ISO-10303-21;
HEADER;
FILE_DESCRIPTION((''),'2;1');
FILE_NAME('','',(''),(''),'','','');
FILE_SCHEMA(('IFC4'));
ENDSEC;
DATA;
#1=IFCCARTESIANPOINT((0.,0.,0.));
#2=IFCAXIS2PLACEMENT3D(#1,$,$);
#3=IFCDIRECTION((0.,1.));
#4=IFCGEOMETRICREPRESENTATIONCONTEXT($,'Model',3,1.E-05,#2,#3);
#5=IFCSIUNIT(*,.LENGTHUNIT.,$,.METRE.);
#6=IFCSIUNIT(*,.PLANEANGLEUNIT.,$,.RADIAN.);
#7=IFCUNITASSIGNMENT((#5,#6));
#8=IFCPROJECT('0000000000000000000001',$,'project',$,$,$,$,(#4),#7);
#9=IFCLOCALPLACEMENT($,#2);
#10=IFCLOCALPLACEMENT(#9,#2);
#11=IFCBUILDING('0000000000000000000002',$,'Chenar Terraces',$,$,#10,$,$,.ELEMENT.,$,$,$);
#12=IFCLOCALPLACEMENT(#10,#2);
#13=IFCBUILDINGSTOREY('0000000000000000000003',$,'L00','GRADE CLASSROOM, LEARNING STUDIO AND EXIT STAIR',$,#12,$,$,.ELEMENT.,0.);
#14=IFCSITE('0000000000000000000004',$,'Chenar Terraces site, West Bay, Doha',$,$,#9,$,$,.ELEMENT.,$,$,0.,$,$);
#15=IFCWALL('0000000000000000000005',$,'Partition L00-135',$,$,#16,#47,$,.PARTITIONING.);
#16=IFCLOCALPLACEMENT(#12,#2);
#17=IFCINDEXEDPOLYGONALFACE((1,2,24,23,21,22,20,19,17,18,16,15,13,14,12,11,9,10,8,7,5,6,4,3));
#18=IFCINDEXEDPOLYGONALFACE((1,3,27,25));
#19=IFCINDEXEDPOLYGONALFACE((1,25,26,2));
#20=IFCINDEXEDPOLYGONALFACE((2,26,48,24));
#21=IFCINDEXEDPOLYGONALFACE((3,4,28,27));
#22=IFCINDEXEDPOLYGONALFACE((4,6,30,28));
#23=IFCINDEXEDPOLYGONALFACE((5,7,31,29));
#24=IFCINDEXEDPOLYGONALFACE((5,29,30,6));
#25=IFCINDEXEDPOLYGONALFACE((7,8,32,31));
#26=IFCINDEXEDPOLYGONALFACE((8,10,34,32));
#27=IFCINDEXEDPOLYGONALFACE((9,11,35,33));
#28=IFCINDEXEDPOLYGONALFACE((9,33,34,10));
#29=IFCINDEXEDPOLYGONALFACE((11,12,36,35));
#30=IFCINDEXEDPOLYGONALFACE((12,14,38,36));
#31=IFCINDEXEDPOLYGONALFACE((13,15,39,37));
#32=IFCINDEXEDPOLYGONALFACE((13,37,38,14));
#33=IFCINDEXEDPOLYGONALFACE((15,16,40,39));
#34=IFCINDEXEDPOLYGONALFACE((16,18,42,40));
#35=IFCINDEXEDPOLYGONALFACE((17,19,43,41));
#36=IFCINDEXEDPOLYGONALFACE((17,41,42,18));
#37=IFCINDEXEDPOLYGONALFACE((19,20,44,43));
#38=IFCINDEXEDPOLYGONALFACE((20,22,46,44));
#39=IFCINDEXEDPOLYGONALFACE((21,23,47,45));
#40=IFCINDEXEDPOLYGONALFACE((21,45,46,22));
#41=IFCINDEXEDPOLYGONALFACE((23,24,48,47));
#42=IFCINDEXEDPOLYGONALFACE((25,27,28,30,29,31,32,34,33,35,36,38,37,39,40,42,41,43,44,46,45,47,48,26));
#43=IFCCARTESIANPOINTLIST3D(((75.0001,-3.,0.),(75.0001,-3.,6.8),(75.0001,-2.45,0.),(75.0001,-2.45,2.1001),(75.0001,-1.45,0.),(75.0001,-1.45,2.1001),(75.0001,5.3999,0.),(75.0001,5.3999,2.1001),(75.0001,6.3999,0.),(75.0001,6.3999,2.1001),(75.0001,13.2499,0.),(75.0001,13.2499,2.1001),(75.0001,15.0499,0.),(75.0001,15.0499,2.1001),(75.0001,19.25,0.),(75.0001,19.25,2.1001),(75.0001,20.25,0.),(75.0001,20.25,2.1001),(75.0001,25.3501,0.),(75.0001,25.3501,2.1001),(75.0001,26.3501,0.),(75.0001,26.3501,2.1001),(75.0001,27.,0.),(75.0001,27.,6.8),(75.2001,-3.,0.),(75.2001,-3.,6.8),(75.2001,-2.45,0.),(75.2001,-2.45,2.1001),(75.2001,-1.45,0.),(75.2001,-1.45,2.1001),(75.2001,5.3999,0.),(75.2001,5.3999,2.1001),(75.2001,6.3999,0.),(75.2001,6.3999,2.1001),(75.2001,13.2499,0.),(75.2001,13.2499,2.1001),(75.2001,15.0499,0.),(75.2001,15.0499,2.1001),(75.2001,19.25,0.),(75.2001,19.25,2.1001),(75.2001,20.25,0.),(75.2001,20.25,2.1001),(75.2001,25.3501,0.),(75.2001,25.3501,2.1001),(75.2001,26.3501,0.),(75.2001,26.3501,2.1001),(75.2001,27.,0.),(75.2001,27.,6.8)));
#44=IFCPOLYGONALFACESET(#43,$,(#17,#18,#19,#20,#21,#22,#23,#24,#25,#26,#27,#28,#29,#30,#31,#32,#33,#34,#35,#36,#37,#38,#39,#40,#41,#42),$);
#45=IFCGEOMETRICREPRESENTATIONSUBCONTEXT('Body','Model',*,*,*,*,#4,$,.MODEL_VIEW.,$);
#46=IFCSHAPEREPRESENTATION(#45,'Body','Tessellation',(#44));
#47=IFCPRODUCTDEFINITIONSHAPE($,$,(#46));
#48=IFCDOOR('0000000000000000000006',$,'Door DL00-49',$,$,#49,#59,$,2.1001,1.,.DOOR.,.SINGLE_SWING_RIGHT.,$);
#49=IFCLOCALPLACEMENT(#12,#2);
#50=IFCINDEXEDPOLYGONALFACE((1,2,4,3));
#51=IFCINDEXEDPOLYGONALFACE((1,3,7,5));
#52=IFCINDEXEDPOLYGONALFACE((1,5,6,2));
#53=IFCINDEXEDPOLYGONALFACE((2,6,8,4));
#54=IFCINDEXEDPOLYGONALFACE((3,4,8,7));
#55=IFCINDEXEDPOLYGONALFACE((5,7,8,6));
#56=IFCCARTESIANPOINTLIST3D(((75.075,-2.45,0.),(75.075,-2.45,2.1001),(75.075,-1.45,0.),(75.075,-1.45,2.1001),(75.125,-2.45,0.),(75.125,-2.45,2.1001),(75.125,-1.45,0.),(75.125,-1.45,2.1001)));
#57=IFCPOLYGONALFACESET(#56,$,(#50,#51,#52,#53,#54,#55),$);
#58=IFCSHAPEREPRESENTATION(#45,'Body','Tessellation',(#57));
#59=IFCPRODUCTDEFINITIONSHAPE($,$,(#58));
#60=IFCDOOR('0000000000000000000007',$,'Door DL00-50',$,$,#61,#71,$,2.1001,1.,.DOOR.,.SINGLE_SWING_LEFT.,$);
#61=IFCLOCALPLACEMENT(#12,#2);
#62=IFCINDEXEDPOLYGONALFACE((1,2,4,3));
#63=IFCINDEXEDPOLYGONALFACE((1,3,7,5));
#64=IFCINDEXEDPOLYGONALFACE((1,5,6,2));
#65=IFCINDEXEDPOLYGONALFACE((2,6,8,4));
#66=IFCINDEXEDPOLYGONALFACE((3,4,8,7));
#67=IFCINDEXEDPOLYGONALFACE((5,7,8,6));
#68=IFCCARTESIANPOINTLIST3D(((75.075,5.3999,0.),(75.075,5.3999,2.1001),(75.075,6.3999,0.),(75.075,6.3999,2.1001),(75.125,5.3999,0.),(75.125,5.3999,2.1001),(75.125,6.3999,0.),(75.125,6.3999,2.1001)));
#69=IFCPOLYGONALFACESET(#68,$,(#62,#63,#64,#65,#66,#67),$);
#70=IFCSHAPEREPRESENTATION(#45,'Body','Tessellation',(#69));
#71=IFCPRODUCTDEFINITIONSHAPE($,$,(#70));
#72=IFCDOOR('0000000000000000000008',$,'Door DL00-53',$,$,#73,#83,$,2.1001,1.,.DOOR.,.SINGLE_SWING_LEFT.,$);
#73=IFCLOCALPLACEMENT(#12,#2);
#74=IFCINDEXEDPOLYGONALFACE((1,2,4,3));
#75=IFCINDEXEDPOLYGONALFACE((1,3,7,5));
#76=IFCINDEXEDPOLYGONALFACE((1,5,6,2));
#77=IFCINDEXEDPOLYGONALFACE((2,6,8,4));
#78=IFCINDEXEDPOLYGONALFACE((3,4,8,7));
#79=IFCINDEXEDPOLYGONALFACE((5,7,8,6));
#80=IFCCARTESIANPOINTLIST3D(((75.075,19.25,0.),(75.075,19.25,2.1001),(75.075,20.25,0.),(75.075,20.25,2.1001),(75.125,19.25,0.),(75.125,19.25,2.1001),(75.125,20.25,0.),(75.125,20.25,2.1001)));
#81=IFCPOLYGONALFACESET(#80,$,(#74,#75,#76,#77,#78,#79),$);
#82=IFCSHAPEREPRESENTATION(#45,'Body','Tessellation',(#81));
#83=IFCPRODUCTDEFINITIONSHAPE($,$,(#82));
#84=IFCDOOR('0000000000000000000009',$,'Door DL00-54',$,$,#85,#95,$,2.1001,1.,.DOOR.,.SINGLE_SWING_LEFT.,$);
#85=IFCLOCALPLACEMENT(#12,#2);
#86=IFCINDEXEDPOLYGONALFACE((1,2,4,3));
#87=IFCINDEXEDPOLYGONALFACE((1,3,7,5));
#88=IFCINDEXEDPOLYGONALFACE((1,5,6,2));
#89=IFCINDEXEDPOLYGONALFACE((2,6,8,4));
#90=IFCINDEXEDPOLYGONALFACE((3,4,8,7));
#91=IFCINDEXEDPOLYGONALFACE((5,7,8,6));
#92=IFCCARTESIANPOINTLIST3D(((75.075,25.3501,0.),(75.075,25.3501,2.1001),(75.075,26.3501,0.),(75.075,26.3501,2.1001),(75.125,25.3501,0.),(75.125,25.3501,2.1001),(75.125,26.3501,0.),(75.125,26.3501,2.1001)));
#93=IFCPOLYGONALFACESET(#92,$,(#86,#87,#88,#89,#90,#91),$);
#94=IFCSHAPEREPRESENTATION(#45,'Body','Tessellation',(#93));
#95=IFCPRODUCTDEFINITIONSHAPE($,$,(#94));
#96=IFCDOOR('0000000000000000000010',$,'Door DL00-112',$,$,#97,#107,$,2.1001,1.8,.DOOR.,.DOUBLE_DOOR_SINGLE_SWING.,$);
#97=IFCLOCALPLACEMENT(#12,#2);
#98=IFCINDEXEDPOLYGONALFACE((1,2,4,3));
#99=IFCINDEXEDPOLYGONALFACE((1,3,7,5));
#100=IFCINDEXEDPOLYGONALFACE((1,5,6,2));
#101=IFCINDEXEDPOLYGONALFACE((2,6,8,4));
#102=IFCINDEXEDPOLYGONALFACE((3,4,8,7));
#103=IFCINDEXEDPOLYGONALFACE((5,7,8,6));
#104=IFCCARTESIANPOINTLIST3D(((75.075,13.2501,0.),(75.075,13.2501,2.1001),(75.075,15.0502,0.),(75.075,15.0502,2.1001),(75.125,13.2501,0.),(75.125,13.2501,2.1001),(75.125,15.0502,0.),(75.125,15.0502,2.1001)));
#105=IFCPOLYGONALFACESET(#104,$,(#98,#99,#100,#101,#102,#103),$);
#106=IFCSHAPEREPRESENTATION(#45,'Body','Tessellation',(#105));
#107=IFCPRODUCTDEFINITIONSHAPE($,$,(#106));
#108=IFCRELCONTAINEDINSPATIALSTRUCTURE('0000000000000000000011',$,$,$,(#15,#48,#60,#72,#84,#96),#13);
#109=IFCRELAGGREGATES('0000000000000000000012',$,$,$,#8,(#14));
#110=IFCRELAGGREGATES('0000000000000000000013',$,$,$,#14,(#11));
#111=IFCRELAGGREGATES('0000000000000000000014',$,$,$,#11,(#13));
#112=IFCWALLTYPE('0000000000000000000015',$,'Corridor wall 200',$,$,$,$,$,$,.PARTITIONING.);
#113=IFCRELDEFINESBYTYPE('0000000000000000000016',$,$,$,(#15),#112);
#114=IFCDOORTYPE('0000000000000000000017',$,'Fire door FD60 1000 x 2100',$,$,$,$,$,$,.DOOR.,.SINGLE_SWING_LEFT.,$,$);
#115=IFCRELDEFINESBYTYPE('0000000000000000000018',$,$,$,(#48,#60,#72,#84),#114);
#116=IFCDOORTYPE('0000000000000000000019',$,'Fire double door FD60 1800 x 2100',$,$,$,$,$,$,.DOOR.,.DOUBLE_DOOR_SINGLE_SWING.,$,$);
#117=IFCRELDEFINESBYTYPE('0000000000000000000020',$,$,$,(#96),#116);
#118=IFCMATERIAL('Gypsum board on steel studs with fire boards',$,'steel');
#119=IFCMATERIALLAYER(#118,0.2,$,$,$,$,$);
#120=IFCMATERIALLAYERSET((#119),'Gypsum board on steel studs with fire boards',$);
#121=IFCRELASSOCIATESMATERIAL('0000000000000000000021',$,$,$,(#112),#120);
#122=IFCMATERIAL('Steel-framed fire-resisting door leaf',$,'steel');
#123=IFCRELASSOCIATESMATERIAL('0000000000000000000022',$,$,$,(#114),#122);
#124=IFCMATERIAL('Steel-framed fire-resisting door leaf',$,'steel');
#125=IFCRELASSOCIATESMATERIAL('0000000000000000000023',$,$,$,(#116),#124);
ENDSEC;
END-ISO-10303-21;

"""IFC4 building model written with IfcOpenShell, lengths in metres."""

from ifc_helpers import new_model, si_unit, direction, frame, frame_2d, origin, place, context, subcontext, project, spatial, rectangle, extrude, material, layer, layer_set, type_object, element, fill, save


model = new_model("IFC4")

# Units and contexts
model_context = context("Model", 3, precision=1e-05, world=origin(), true_north=direction((0.0, 1.0)))
body_context = subcontext(model_context, "Body", "Model", "MODEL_VIEW")
ifc_project = project(units=[si_unit("LENGTHUNIT", "METRE"), si_unit("PLANEANGLEUNIT", "RADIAN")], contexts=[model_context])

# Site, building, storey
site_placement = place(None, origin())
site = spatial("IfcSite", under=ifc_project, at=site_placement, Name="Chenar Terraces site, West Bay, Doha", CompositionType="ELEMENT", RefElevation=0.0)
building_placement = place(site_placement, origin())
building = spatial("IfcBuilding", under=site, at=building_placement, Name="Chenar Terraces", CompositionType="ELEMENT")
storey_placement = place(building_placement, origin())
storey = spatial("IfcBuildingStorey", under=building, at=storey_placement, Name="L00", Description="GRADE CLASSROOM, LEARNING STUDIO AND EXIT STAIR", CompositionType="ELEMENT", Elevation=0.0)

# Shared definitions
ifc_material_1 = material(Name="Gypsum board on steel studs with fire boards", Category="steel")
ifc_layer_1 = layer(ifc_material_1, 0.2)
ifc_layer_set_1 = layer_set([ifc_layer_1], Name="Gypsum board on steel studs with fire boards")
wall_type_1 = type_object("IfcWallType", Name="Corridor wall 200", PredefinedType="PARTITIONING", material=ifc_layer_set_1)
ifc_material_2 = material(Name="Steel-framed fire-resisting door leaf", Category="steel")
door_type_1 = type_object("IfcDoorType", Name="Fire door FD60 1000 x 2100", OperationType="SINGLE_SWING_LEFT", PredefinedType="DOOR", material=ifc_material_2)

# Wall, openings, doors
wall_1_placement = place(storey_placement, frame((75.1001, -3.0, 0.0), z_axis=(0.0, 0.0, 1.0), x_axis=(0.0, 1.0, 0.0)))
wall_1 = element("IfcWall", 1, at=wall_1_placement, inside=storey, type_object=wall_type_1, Name="Partition L00-135", PredefinedType="PARTITIONING", context=body_context, shape_type="SweptSolid", body=[
    extrude(rectangle(XDim=30.0, YDim=0.2, at=frame_2d((15.0, 0.0))), origin(), (0.0, 0.0, 1.0), 6.8),
])
opening_1_placement = place(wall_1_placement, frame((0.55, 0.0, 0.0)))
opening_1 = element("IfcOpeningElement", 2, at=opening_1_placement, cuts=wall_1, PredefinedType="OPENING", context=body_context, shape_type="SweptSolid", body=[
    extrude(rectangle(XDim=1.0, YDim=2.1001, at=frame_2d((0.5, 1.05))), frame((0.0, 0.1099, 0.0), z_axis=(0.0, -1.0, 0.0), x_axis=(1.0, 0.0, 0.0)), (0.0, 0.0, 1.0), 0.22),
])
opening_2_placement = place(wall_1_placement, frame((8.3999, 0.0, 0.0)))
opening_2 = element("IfcOpeningElement", 3, at=opening_2_placement, cuts=wall_1, PredefinedType="OPENING", context=body_context, shape_type="SweptSolid", body=[
    extrude(rectangle(XDim=1.0, YDim=2.1001, at=frame_2d((0.5, 1.05))), frame((0.0, 0.1099, 0.0), z_axis=(0.0, -1.0, 0.0), x_axis=(1.0, 0.0, 0.0)), (0.0, 0.0, 1.0), 0.22),
])
opening_3_placement = place(wall_1_placement, frame((22.25, 0.0, 0.0)))
opening_3 = element("IfcOpeningElement", 4, at=opening_3_placement, cuts=wall_1, PredefinedType="OPENING", context=body_context, shape_type="SweptSolid", body=[
    extrude(rectangle(XDim=1.0, YDim=2.1001, at=frame_2d((0.5, 1.05))), frame((0.0, 0.1099, 0.0), z_axis=(0.0, -1.0, 0.0), x_axis=(1.0, 0.0, 0.0)), (0.0, 0.0, 1.0), 0.22),
])
opening_4_placement = place(wall_1_placement, frame((28.3501, 0.0, 0.0)))
opening_4 = element("IfcOpeningElement", 5, at=opening_4_placement, cuts=wall_1, PredefinedType="OPENING", context=body_context, shape_type="SweptSolid", body=[
    extrude(rectangle(XDim=1.0, YDim=2.1001, at=frame_2d((0.5, 1.05))), frame((0.0, 0.1099, 0.0), z_axis=(0.0, -1.0, 0.0), x_axis=(1.0, 0.0, 0.0)), (0.0, 0.0, 1.0), 0.22),
])
opening_5_placement = place(wall_1_placement, frame((16.25, 0.0, 0.0)))
opening_5 = element("IfcOpeningElement", 6, at=opening_5_placement, cuts=wall_1, PredefinedType="OPENING", context=body_context, shape_type="SweptSolid", body=[
    extrude(rectangle(XDim=1.8, YDim=2.1001, at=frame_2d((0.8999, 1.05))), frame((0.0, 0.1099, 0.0), z_axis=(0.0, -1.0, 0.0), x_axis=(1.0, 0.0, 0.0)), (0.0, 0.0, 1.0), 0.22),
])
door_1_placement = place(opening_1_placement, frame((1.0, 0.0, 0.0), z_axis=(0.0, 0.0, 1.0), x_axis=(-1.0, 0.0, 0.0)))
door_1 = element("IfcDoor", 7, at=door_1_placement, inside=storey, type_object=door_type_1, Name="Door DL00-49", OperationType="SINGLE_SWING_RIGHT", OverallHeight=2.1001, OverallWidth=1.0, PredefinedType="DOOR", context=body_context, shape_type="SweptSolid", body=[
    extrude(rectangle(XDim=1.0, YDim=2.1001, at=frame_2d((0.5, 1.05))), frame((0.0, 0.0249, 0.0), z_axis=(0.0, -1.0, 0.0), x_axis=(1.0, 0.0, 0.0)), (0.0, 0.0, 1.0), 0.05),
])
fill(opening_1, door_1)
door_2_placement = place(opening_2_placement, frame((1.0, 0.0, 0.0), z_axis=(0.0, 0.0, 1.0), x_axis=(-1.0, 0.0, 0.0)))
door_2 = element("IfcDoor", 8, at=door_2_placement, inside=storey, type_object=door_type_1, Name="Door DL00-50", OperationType="SINGLE_SWING_LEFT", OverallHeight=2.1001, OverallWidth=1.0, PredefinedType="DOOR", context=body_context, shape_type="SweptSolid", body=[
    extrude(rectangle(XDim=1.0, YDim=2.1001, at=frame_2d((0.5, 1.05))), frame((0.0, 0.0249, 0.0), z_axis=(0.0, -1.0, 0.0), x_axis=(1.0, 0.0, 0.0)), (0.0, 0.0, 1.0), 0.05),
])
fill(opening_2, door_2)
door_3_placement = place(opening_3_placement, frame((1.0, 0.0, 0.0), z_axis=(0.0, 0.0, 1.0), x_axis=(-1.0, 0.0, 0.0)))
door_3 = element("IfcDoor", 9, at=door_3_placement, inside=storey, type_object=door_type_1, Name="Door DL00-53", OperationType="SINGLE_SWING_LEFT", OverallHeight=2.1001, OverallWidth=1.0, PredefinedType="DOOR", context=body_context, shape_type="SweptSolid", body=[
    extrude(rectangle(XDim=1.0, YDim=2.1001, at=frame_2d((0.5, 1.05))), frame((0.0, 0.0249, 0.0), z_axis=(0.0, -1.0, 0.0), x_axis=(1.0, 0.0, 0.0)), (0.0, 0.0, 1.0), 0.05),
])
fill(opening_3, door_3)
door_4_placement = place(opening_4_placement, frame((1.0, 0.0, 0.0), z_axis=(0.0, 0.0, 1.0), x_axis=(-1.0, 0.0, 0.0)))
door_4 = element("IfcDoor", 10, at=door_4_placement, inside=storey, type_object=door_type_1, Name="Door DL00-54", OperationType="SINGLE_SWING_LEFT", OverallHeight=2.1001, OverallWidth=1.0, PredefinedType="DOOR", context=body_context, shape_type="SweptSolid", body=[
    extrude(rectangle(XDim=1.0, YDim=2.1001, at=frame_2d((0.5, 1.05))), frame((0.0, 0.0249, 0.0), z_axis=(0.0, -1.0, 0.0), x_axis=(1.0, 0.0, 0.0)), (0.0, 0.0, 1.0), 0.05),
])
fill(opening_4, door_4)
ifc_material_3 = material(Name="Steel-framed fire-resisting door leaf", Category="steel")
door_type_2 = type_object("IfcDoorType", Name="Fire double door FD60 1800 x 2100", OperationType="DOUBLE_DOOR_SINGLE_SWING", PredefinedType="DOOR", material=ifc_material_3)
door_5_placement = place(opening_5_placement, frame((1.8, 0.0, 0.0), z_axis=(0.0, 0.0, 1.0), x_axis=(-1.0, 0.0, 0.0)))
door_5 = element("IfcDoor", 11, at=door_5_placement, inside=storey, type_object=door_type_2, Name="Door DL00-112", OperationType="DOUBLE_DOOR_SINGLE_SWING", OverallHeight=2.1001, OverallWidth=1.8, PredefinedType="DOOR", context=body_context, shape_type="SweptSolid", body=[
    extrude(rectangle(XDim=1.8, YDim=2.1001, at=frame_2d((0.8999, 1.05))), frame((0.0, 0.0249, 0.0), z_axis=(0.0, -1.0, 0.0), x_axis=(1.0, 0.0, 0.0)), (0.0, 0.0, 1.0), 0.05),
])
fill(opening_5, door_5)

save(model, "model.ifc")
